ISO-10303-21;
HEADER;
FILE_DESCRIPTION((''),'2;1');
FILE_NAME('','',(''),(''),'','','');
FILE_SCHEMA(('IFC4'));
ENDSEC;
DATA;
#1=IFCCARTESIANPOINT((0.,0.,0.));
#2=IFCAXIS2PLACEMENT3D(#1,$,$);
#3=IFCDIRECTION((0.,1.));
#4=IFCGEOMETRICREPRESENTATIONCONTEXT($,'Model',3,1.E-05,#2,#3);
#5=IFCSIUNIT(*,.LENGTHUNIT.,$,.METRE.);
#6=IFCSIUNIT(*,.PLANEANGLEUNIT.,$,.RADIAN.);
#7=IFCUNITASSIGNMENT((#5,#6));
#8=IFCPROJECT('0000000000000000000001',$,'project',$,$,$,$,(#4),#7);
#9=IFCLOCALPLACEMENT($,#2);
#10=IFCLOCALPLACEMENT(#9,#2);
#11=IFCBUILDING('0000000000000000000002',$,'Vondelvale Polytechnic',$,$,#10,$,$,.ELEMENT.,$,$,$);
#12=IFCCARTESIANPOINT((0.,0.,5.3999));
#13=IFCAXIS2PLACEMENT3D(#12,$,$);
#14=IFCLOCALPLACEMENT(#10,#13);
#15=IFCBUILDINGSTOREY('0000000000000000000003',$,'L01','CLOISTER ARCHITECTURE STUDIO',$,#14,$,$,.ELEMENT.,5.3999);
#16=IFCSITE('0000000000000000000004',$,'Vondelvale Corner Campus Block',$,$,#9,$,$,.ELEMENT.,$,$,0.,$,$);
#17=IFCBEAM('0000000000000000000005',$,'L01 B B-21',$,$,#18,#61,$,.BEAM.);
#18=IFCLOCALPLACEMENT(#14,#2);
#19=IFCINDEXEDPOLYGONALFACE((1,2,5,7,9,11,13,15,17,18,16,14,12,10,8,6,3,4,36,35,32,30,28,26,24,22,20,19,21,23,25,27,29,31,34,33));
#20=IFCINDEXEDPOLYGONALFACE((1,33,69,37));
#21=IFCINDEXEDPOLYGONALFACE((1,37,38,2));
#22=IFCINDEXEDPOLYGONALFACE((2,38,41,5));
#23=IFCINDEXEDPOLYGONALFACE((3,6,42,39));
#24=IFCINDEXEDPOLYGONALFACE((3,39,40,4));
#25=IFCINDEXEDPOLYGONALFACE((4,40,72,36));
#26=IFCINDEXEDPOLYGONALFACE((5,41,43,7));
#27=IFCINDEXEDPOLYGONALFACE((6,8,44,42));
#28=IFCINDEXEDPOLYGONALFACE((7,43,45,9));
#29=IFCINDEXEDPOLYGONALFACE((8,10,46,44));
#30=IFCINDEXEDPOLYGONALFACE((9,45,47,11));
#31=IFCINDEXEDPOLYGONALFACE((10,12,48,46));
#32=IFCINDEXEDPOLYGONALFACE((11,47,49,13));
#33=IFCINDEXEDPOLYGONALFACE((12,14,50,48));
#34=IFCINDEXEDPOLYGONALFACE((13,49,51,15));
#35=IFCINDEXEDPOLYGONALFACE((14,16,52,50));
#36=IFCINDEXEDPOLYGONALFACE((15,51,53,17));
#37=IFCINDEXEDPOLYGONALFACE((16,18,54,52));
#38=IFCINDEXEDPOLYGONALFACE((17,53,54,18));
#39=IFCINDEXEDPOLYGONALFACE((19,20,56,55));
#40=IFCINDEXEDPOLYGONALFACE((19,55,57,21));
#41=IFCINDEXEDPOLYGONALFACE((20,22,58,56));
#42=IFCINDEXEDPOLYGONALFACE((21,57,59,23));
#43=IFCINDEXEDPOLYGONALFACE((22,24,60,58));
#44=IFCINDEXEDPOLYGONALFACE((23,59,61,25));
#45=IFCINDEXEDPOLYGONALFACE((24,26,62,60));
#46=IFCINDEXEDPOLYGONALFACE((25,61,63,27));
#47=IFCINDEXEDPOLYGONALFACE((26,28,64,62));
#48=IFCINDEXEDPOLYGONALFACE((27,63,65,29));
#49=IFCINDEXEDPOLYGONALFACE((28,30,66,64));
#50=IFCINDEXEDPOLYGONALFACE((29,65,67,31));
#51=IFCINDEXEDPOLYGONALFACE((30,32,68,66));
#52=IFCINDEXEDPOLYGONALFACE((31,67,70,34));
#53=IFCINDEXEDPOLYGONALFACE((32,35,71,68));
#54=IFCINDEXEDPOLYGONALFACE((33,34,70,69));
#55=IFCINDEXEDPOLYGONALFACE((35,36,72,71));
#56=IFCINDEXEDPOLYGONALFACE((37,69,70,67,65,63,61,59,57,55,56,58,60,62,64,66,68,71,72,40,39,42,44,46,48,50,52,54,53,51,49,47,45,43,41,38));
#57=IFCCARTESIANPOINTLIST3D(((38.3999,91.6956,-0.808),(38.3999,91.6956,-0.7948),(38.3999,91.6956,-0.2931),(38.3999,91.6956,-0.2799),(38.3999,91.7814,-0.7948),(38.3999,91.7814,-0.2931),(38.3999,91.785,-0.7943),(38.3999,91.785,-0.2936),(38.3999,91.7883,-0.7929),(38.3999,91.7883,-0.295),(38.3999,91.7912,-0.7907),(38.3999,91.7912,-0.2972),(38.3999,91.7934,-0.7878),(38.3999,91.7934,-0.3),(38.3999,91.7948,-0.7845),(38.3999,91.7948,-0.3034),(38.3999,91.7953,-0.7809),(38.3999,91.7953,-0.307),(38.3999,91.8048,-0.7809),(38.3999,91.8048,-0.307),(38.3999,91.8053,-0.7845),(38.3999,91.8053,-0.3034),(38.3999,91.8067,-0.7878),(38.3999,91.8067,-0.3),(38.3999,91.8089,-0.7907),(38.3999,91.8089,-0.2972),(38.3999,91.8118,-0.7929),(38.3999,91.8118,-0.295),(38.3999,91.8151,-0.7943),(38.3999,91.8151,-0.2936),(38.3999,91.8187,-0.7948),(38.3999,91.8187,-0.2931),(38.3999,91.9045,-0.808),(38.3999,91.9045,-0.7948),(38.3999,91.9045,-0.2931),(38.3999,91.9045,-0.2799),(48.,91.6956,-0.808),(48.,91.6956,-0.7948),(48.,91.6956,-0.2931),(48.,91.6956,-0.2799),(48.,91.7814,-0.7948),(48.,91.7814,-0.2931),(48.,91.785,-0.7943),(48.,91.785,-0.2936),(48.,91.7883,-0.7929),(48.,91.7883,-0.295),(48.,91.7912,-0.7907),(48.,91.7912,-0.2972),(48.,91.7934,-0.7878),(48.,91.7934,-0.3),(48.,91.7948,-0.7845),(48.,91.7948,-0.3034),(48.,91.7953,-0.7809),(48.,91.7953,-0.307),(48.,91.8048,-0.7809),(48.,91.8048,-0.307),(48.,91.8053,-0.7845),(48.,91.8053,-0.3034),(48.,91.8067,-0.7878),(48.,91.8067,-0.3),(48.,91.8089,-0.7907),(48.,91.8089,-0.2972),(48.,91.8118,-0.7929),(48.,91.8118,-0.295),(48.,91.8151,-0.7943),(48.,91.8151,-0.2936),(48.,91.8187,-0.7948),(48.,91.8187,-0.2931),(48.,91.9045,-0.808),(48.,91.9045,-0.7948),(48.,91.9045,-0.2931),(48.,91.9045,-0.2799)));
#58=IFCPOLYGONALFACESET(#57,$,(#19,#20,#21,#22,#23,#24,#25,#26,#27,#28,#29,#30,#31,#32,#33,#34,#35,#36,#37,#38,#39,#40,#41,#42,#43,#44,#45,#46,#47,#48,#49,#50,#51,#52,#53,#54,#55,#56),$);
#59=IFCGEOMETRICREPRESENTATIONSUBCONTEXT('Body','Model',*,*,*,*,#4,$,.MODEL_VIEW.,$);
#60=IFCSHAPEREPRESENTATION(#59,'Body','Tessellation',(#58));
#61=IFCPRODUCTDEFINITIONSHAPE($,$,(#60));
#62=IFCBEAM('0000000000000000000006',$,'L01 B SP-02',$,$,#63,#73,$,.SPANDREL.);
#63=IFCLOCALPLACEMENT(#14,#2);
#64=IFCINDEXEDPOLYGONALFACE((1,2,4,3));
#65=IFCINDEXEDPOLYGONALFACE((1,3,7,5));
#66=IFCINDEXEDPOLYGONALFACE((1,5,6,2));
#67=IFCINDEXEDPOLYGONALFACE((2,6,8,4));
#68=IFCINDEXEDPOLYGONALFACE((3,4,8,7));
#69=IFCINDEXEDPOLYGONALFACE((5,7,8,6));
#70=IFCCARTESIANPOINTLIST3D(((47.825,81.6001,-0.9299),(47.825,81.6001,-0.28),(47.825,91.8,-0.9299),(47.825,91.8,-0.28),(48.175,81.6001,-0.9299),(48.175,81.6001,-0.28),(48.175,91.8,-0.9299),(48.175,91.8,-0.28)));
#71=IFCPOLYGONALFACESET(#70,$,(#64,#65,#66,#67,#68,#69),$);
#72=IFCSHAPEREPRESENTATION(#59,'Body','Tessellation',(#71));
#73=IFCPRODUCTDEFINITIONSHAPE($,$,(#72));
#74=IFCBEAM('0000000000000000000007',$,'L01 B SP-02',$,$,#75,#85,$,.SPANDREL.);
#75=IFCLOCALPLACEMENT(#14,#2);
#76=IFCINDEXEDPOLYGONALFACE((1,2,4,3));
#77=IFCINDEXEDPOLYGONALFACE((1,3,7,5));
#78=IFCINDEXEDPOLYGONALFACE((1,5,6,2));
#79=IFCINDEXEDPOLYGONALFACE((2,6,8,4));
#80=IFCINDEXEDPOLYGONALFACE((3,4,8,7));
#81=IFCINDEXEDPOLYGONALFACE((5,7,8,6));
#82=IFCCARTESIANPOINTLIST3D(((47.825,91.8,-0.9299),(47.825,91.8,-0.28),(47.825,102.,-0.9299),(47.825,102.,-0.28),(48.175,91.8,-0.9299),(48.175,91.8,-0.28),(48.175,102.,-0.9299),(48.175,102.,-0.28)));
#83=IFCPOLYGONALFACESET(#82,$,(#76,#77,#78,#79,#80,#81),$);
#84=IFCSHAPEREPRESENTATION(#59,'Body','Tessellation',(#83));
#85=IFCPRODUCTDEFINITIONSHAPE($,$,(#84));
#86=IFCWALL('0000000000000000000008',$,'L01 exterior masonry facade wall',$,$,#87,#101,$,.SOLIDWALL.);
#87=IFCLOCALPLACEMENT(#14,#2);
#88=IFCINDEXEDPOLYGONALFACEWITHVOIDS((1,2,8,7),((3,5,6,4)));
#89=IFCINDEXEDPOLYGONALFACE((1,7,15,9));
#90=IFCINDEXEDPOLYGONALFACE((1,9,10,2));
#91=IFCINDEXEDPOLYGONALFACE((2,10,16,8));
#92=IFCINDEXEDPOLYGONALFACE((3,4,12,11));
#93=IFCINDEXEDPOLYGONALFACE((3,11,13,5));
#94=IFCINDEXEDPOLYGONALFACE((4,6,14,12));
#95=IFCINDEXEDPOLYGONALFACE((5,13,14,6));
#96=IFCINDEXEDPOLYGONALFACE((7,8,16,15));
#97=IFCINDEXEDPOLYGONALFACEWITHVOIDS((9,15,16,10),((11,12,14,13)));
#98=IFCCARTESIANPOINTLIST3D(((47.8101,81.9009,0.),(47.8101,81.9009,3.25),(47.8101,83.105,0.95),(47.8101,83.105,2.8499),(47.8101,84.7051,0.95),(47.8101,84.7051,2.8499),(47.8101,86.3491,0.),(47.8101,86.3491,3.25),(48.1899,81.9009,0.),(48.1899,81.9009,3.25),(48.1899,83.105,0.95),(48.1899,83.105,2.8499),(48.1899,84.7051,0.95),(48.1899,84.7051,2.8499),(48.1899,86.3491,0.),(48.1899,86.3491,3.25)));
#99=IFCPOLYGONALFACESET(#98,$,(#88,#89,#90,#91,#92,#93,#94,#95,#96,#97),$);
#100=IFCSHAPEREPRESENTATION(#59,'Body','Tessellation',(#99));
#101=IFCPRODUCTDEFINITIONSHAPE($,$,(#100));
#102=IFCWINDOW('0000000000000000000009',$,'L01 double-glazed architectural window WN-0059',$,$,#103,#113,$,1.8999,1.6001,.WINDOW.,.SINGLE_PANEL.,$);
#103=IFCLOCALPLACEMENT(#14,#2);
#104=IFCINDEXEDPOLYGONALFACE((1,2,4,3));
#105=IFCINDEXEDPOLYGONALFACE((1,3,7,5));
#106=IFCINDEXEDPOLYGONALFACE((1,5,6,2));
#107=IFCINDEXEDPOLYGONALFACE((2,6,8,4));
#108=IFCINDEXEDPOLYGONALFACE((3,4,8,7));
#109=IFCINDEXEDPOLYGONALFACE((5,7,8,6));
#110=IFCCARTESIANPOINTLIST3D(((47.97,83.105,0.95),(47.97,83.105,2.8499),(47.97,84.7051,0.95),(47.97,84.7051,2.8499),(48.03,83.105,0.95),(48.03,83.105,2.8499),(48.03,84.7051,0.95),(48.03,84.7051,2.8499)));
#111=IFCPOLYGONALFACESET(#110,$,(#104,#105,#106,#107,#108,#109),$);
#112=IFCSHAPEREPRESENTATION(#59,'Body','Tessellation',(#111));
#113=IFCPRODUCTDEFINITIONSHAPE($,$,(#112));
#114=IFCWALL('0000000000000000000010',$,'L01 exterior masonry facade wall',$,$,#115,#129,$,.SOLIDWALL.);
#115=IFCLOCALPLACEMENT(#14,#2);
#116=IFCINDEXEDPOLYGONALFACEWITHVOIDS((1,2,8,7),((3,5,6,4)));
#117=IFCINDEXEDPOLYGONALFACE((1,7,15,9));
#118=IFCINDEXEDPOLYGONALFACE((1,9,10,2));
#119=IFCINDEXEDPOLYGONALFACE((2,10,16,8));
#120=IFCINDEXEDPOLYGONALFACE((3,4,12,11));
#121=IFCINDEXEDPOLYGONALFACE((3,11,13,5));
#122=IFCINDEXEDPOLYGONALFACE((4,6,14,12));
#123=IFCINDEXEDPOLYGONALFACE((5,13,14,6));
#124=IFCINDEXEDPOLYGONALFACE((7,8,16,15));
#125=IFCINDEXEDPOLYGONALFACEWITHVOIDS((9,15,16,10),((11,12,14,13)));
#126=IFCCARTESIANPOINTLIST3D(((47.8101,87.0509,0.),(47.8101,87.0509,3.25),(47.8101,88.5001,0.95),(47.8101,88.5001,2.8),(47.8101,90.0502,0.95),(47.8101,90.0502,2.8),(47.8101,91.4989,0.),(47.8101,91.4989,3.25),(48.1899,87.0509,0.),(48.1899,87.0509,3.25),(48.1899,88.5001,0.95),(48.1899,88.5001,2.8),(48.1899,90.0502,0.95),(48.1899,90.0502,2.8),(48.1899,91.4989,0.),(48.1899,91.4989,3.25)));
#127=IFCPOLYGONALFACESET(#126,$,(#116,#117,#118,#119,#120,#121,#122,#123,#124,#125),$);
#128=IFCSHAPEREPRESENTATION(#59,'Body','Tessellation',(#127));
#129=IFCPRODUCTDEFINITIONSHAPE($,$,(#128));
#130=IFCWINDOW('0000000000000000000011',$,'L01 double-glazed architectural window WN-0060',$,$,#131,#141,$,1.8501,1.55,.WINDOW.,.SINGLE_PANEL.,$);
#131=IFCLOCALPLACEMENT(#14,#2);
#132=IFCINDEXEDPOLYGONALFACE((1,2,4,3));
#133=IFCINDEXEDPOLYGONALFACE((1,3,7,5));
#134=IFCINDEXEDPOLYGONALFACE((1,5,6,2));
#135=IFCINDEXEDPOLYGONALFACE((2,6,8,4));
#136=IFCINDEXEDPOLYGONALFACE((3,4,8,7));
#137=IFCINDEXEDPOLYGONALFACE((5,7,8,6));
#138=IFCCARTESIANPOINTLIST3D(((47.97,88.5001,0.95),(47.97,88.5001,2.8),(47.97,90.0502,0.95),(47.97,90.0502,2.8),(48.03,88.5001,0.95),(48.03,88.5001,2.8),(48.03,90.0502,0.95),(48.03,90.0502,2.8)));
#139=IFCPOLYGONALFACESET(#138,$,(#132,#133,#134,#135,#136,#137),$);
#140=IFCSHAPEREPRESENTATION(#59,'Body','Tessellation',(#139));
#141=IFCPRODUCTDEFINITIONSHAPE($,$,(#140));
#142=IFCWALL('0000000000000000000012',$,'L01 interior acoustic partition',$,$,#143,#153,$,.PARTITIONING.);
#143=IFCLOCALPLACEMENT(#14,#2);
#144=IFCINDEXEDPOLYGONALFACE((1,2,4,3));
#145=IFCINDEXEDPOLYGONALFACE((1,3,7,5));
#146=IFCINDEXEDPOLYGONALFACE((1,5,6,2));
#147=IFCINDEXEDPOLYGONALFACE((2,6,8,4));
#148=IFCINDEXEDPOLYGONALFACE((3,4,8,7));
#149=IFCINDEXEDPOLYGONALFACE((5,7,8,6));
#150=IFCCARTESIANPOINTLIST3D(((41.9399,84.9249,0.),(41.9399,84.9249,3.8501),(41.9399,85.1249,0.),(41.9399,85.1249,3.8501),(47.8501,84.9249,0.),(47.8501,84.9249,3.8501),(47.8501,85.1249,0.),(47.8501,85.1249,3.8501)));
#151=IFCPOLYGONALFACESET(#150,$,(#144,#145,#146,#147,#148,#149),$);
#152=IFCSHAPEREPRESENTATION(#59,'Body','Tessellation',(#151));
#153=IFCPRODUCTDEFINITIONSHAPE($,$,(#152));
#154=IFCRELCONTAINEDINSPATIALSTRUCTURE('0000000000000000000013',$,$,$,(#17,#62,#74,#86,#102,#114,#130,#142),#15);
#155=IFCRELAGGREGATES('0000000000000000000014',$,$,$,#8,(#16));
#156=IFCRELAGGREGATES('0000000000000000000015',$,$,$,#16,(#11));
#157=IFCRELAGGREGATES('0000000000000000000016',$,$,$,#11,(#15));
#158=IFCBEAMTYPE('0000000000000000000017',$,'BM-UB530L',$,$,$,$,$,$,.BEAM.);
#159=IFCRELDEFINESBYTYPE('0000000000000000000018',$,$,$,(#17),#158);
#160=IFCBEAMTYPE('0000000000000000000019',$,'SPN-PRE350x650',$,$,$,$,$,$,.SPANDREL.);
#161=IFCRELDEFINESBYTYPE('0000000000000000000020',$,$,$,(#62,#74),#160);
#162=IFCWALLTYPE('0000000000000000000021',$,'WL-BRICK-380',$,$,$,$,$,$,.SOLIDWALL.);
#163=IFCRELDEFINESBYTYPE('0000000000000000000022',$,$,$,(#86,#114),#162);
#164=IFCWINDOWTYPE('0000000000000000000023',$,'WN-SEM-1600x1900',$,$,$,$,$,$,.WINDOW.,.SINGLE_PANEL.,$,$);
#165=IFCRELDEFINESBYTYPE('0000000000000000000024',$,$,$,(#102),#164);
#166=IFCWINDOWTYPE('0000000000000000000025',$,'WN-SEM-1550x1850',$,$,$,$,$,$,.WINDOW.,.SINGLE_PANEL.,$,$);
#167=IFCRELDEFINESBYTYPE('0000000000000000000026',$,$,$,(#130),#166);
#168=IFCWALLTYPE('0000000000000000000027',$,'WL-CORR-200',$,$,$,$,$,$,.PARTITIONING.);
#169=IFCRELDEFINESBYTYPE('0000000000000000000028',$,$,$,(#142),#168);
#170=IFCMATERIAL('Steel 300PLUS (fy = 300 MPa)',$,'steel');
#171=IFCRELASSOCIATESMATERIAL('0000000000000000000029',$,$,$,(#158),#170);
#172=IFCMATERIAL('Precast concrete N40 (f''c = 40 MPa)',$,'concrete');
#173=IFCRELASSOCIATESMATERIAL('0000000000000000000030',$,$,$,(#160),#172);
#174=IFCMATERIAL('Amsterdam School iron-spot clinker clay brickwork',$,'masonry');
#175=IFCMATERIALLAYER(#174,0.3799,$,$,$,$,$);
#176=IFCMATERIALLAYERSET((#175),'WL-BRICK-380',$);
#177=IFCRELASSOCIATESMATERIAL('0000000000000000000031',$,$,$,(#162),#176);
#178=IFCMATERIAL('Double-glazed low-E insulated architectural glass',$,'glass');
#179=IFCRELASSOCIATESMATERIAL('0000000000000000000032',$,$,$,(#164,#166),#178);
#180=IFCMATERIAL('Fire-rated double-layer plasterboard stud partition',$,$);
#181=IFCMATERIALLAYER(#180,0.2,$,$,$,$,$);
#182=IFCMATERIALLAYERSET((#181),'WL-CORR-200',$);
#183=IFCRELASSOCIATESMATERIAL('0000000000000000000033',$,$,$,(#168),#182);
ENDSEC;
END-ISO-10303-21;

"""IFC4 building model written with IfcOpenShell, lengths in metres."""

from ifc_helpers import new_model, si_unit, direction, frame, frame_2d, origin, origin_2d, place, context, subcontext, project, spatial, rectangle, i_section, extrude, material, layer, layer_set, material_profile, profile_set, type_object, element, fill, save


model = new_model("IFC4")

# Units and contexts
model_context = context("Model", 3, precision=1e-05, world=origin(), true_north=direction((0.0, 1.0)))
body_context = subcontext(model_context, "Body", "Model", "MODEL_VIEW")
ifc_project = project(units=[si_unit("LENGTHUNIT", "METRE"), si_unit("PLANEANGLEUNIT", "RADIAN")], contexts=[model_context])

# Site, building, storey
site_placement = place(None, origin())
site = spatial("IfcSite", under=ifc_project, at=site_placement, Name="Vondelvale Corner Campus Block", CompositionType="ELEMENT", RefElevation=0.0)
building_placement = place(site_placement, origin())
building = spatial("IfcBuilding", under=site, at=building_placement, Name="Vondelvale Polytechnic", CompositionType="ELEMENT")
storey_placement = place(building_placement, frame((0.0, 0.0, 5.3999)))
storey = spatial("IfcBuildingStorey", under=building, at=storey_placement, Name="L01", Description="CLOISTER ARCHITECTURE STUDIO", CompositionType="ELEMENT", Elevation=5.3999)

# Beams
ifc_material_1 = material(Name="Steel 300PLUS (fy = 300 MPa)", Category="steel")
ifc_material_profile_1 = material_profile(ifc_material_1, i_section(OverallWidth=0.209, OverallDepth=0.5281, WebThickness=0.0095, FlangeThickness=0.0132, FilletRadius=0.0139, at=origin_2d()), Name="530UB82.0")
ifc_profile_set_1 = profile_set([ifc_material_profile_1], Name="Steel 300PLUS (fy = 300 MPa)")
beam_type_1 = type_object("IfcBeamType", Name="BM-UB530L", PredefinedType="BEAM", material=ifc_profile_set_1)
for number, where, z_axis, x_axis, name in (
    (1, (38.3999, 91.8, -0.5439), (1.0, 0.0, 0.0), (0.0, 1.0, 0.0), "L01 B B-21"),
):
    element("IfcBeam", number, at=place(storey_placement, frame(where, z_axis=z_axis, x_axis=x_axis)), inside=storey, type_object=beam_type_1, Name=name, PredefinedType="BEAM", context=body_context, shape_type="SweptSolid", body=[
        extrude(i_section(OverallWidth=0.209, OverallDepth=0.5281, WebThickness=0.0095, FlangeThickness=0.0132, FilletRadius=0.0139, at=origin_2d()), origin(), (0.0, 0.0, 1.0), 9.6001),
    ])
ifc_material_2 = material(Name="Precast concrete N40 (f'c = 40 MPa)", Category="concrete")
ifc_material_profile_2 = material_profile(ifc_material_2, rectangle(XDim=0.3501, YDim=0.6499, at=origin_2d()), Name="RC-SPN-350x650")
ifc_profile_set_2 = profile_set([ifc_material_profile_2], Name="Precast concrete N40 (f'c = 40 MPa)")
beam_type_2 = type_object("IfcBeamType", Name="SPN-PRE350x650", PredefinedType="SPANDREL", material=ifc_profile_set_2)
for number, where, z_axis, x_axis, name in (
    (2, (48.0, 81.6001, -0.605), (0.0, 1.0, 0.0), (-1.0, 0.0, 0.0), "L01 B SP-02"),
    (3, (48.0, 91.8, -0.605), (0.0, 1.0, 0.0), (-1.0, 0.0, 0.0), "L01 B SP-02"),
):
    element("IfcBeam", number, at=place(storey_placement, frame(where, z_axis=z_axis, x_axis=x_axis)), inside=storey, type_object=beam_type_2, Name=name, PredefinedType="SPANDREL", context=body_context, shape_type="SweptSolid", body=[
        extrude(rectangle(XDim=0.3501, YDim=0.6499, at=origin_2d()), origin(), (0.0, 0.0, 1.0), 10.2),
    ])

# Walls, openings, windows
ifc_material_3 = material(Name="Amsterdam School iron-spot clinker clay brickwork", Category="masonry")
ifc_layer_1 = layer(ifc_material_3, 0.3799)
ifc_layer_set_1 = layer_set([ifc_layer_1], Name="WL-BRICK-380")
wall_type_1 = type_object("IfcWallType", Name="WL-BRICK-380", PredefinedType="SOLIDWALL", material=ifc_layer_set_1)
wall_1_placement = place(storey_placement, frame((48.0, 86.3491, 0.0), z_axis=(0.0, 0.0, 1.0), x_axis=(0.0, -1.0, 0.0)))
wall_1 = element("IfcWall", 4, at=wall_1_placement, inside=storey, type_object=wall_type_1, Name="L01 exterior masonry facade wall", PredefinedType="SOLIDWALL", context=body_context, shape_type="SweptSolid", body=[
    extrude(rectangle(XDim=4.4482, YDim=0.3799, at=frame_2d((2.2241, 0.0))), origin(), (0.0, 0.0, 1.0), 3.25),
])
opening_1_placement = place(wall_1_placement, frame((1.644, 0.0, 0.95)))
opening_1 = element("IfcOpeningElement", 5, at=opening_1_placement, cuts=wall_1, PredefinedType="OPENING", context=body_context, shape_type="SweptSolid", body=[
    extrude(rectangle(XDim=1.6001, YDim=1.8999, at=frame_2d((0.8, 0.95))), frame((0.0, 0.2, 0.0), z_axis=(0.0, -1.0, 0.0), x_axis=(1.0, 0.0, 0.0)), (0.0, 0.0, 1.0), 0.3999),
])
ifc_material_4 = material(Name="Double-glazed low-E insulated architectural glass", Category="glass")
window_type_1 = type_object("IfcWindowType", Name="WN-SEM-1600x1900", PartitioningType="SINGLE_PANEL", PredefinedType="WINDOW", material=ifc_material_4)
window_1_placement = place(opening_1_placement, origin())
window_1 = element("IfcWindow", 6, at=window_1_placement, inside=storey, type_object=window_type_1, Name="L01 double-glazed architectural window WN-0059", OverallHeight=1.8999, OverallWidth=1.6001, PartitioningType="SINGLE_PANEL", PredefinedType="WINDOW", context=body_context, shape_type="SweptSolid", body=[
    extrude(rectangle(XDim=1.6001, YDim=1.8999, at=frame_2d((0.8, 0.95))), frame((0.0, 0.03, 0.0), z_axis=(0.0, -1.0, 0.0), x_axis=(1.0, 0.0, 0.0)), (0.0, 0.0, 1.0), 0.0601),
])
fill(opening_1, window_1)
wall_2_placement = place(storey_placement, frame((48.0, 91.499, 0.0), z_axis=(0.0, 0.0, 1.0), x_axis=(0.0, -1.0, 0.0)))
wall_2 = element("IfcWall", 7, at=wall_2_placement, inside=storey, type_object=wall_type_1, Name="L01 exterior masonry facade wall", PredefinedType="SOLIDWALL", context=body_context, shape_type="SweptSolid", body=[
    extrude(rectangle(XDim=4.448, YDim=0.3799, at=frame_2d((2.2241, 0.0))), origin(), (0.0, 0.0, 1.0), 3.25),
])
opening_2_placement = place(wall_2_placement, frame((1.449, 0.0, 0.95)))
opening_2 = element("IfcOpeningElement", 8, at=opening_2_placement, cuts=wall_2, PredefinedType="OPENING", context=body_context, shape_type="SweptSolid", body=[
    extrude(rectangle(XDim=1.55, YDim=1.8501, at=frame_2d((0.7749, 0.925))), frame((0.0, 0.2, 0.0), z_axis=(0.0, -1.0, 0.0), x_axis=(1.0, 0.0, 0.0)), (0.0, 0.0, 1.0), 0.3999),
])
window_type_2 = type_object("IfcWindowType", Name="WN-SEM-1550x1850", PartitioningType="SINGLE_PANEL", PredefinedType="WINDOW", material=ifc_material_4)
window_2_placement = place(opening_2_placement, origin())
window_2 = element("IfcWindow", 9, at=window_2_placement, inside=storey, type_object=window_type_2, Name="L01 double-glazed architectural window WN-0060", OverallHeight=1.8501, OverallWidth=1.55, PartitioningType="SINGLE_PANEL", PredefinedType="WINDOW", context=body_context, shape_type="SweptSolid", body=[
    extrude(rectangle(XDim=1.55, YDim=1.8501, at=frame_2d((0.7749, 0.925))), frame((0.0, 0.03, 0.0), z_axis=(0.0, -1.0, 0.0), x_axis=(1.0, 0.0, 0.0)), (0.0, 0.0, 1.0), 0.0601),
])
fill(opening_2, window_2)

# Wall
ifc_material_5 = material(Name="Fire-rated double-layer plasterboard stud partition")
ifc_layer_2 = layer(ifc_material_5, 0.2)
ifc_layer_set_2 = layer_set([ifc_layer_2], Name="WL-CORR-200")
wall_type_2 = type_object("IfcWallType", Name="WL-CORR-200", PredefinedType="PARTITIONING", material=ifc_layer_set_2)
wall_3_placement = place(storey_placement, frame((41.9399, 85.0249, 0.0), z_axis=(0.0, 0.0, 1.0), x_axis=(1.0, 0.0, 0.0)))
element("IfcWall", 10, at=wall_3_placement, inside=storey, type_object=wall_type_2, Name="L01 interior acoustic partition", PredefinedType="PARTITIONING", context=body_context, shape_type="SweptSolid", body=[
    extrude(rectangle(XDim=5.9102, YDim=0.2, at=frame_2d((2.9551, 0.0))), origin(), (0.0, 0.0, 1.0), 3.8501),
])

save(model, "model.ifc")
